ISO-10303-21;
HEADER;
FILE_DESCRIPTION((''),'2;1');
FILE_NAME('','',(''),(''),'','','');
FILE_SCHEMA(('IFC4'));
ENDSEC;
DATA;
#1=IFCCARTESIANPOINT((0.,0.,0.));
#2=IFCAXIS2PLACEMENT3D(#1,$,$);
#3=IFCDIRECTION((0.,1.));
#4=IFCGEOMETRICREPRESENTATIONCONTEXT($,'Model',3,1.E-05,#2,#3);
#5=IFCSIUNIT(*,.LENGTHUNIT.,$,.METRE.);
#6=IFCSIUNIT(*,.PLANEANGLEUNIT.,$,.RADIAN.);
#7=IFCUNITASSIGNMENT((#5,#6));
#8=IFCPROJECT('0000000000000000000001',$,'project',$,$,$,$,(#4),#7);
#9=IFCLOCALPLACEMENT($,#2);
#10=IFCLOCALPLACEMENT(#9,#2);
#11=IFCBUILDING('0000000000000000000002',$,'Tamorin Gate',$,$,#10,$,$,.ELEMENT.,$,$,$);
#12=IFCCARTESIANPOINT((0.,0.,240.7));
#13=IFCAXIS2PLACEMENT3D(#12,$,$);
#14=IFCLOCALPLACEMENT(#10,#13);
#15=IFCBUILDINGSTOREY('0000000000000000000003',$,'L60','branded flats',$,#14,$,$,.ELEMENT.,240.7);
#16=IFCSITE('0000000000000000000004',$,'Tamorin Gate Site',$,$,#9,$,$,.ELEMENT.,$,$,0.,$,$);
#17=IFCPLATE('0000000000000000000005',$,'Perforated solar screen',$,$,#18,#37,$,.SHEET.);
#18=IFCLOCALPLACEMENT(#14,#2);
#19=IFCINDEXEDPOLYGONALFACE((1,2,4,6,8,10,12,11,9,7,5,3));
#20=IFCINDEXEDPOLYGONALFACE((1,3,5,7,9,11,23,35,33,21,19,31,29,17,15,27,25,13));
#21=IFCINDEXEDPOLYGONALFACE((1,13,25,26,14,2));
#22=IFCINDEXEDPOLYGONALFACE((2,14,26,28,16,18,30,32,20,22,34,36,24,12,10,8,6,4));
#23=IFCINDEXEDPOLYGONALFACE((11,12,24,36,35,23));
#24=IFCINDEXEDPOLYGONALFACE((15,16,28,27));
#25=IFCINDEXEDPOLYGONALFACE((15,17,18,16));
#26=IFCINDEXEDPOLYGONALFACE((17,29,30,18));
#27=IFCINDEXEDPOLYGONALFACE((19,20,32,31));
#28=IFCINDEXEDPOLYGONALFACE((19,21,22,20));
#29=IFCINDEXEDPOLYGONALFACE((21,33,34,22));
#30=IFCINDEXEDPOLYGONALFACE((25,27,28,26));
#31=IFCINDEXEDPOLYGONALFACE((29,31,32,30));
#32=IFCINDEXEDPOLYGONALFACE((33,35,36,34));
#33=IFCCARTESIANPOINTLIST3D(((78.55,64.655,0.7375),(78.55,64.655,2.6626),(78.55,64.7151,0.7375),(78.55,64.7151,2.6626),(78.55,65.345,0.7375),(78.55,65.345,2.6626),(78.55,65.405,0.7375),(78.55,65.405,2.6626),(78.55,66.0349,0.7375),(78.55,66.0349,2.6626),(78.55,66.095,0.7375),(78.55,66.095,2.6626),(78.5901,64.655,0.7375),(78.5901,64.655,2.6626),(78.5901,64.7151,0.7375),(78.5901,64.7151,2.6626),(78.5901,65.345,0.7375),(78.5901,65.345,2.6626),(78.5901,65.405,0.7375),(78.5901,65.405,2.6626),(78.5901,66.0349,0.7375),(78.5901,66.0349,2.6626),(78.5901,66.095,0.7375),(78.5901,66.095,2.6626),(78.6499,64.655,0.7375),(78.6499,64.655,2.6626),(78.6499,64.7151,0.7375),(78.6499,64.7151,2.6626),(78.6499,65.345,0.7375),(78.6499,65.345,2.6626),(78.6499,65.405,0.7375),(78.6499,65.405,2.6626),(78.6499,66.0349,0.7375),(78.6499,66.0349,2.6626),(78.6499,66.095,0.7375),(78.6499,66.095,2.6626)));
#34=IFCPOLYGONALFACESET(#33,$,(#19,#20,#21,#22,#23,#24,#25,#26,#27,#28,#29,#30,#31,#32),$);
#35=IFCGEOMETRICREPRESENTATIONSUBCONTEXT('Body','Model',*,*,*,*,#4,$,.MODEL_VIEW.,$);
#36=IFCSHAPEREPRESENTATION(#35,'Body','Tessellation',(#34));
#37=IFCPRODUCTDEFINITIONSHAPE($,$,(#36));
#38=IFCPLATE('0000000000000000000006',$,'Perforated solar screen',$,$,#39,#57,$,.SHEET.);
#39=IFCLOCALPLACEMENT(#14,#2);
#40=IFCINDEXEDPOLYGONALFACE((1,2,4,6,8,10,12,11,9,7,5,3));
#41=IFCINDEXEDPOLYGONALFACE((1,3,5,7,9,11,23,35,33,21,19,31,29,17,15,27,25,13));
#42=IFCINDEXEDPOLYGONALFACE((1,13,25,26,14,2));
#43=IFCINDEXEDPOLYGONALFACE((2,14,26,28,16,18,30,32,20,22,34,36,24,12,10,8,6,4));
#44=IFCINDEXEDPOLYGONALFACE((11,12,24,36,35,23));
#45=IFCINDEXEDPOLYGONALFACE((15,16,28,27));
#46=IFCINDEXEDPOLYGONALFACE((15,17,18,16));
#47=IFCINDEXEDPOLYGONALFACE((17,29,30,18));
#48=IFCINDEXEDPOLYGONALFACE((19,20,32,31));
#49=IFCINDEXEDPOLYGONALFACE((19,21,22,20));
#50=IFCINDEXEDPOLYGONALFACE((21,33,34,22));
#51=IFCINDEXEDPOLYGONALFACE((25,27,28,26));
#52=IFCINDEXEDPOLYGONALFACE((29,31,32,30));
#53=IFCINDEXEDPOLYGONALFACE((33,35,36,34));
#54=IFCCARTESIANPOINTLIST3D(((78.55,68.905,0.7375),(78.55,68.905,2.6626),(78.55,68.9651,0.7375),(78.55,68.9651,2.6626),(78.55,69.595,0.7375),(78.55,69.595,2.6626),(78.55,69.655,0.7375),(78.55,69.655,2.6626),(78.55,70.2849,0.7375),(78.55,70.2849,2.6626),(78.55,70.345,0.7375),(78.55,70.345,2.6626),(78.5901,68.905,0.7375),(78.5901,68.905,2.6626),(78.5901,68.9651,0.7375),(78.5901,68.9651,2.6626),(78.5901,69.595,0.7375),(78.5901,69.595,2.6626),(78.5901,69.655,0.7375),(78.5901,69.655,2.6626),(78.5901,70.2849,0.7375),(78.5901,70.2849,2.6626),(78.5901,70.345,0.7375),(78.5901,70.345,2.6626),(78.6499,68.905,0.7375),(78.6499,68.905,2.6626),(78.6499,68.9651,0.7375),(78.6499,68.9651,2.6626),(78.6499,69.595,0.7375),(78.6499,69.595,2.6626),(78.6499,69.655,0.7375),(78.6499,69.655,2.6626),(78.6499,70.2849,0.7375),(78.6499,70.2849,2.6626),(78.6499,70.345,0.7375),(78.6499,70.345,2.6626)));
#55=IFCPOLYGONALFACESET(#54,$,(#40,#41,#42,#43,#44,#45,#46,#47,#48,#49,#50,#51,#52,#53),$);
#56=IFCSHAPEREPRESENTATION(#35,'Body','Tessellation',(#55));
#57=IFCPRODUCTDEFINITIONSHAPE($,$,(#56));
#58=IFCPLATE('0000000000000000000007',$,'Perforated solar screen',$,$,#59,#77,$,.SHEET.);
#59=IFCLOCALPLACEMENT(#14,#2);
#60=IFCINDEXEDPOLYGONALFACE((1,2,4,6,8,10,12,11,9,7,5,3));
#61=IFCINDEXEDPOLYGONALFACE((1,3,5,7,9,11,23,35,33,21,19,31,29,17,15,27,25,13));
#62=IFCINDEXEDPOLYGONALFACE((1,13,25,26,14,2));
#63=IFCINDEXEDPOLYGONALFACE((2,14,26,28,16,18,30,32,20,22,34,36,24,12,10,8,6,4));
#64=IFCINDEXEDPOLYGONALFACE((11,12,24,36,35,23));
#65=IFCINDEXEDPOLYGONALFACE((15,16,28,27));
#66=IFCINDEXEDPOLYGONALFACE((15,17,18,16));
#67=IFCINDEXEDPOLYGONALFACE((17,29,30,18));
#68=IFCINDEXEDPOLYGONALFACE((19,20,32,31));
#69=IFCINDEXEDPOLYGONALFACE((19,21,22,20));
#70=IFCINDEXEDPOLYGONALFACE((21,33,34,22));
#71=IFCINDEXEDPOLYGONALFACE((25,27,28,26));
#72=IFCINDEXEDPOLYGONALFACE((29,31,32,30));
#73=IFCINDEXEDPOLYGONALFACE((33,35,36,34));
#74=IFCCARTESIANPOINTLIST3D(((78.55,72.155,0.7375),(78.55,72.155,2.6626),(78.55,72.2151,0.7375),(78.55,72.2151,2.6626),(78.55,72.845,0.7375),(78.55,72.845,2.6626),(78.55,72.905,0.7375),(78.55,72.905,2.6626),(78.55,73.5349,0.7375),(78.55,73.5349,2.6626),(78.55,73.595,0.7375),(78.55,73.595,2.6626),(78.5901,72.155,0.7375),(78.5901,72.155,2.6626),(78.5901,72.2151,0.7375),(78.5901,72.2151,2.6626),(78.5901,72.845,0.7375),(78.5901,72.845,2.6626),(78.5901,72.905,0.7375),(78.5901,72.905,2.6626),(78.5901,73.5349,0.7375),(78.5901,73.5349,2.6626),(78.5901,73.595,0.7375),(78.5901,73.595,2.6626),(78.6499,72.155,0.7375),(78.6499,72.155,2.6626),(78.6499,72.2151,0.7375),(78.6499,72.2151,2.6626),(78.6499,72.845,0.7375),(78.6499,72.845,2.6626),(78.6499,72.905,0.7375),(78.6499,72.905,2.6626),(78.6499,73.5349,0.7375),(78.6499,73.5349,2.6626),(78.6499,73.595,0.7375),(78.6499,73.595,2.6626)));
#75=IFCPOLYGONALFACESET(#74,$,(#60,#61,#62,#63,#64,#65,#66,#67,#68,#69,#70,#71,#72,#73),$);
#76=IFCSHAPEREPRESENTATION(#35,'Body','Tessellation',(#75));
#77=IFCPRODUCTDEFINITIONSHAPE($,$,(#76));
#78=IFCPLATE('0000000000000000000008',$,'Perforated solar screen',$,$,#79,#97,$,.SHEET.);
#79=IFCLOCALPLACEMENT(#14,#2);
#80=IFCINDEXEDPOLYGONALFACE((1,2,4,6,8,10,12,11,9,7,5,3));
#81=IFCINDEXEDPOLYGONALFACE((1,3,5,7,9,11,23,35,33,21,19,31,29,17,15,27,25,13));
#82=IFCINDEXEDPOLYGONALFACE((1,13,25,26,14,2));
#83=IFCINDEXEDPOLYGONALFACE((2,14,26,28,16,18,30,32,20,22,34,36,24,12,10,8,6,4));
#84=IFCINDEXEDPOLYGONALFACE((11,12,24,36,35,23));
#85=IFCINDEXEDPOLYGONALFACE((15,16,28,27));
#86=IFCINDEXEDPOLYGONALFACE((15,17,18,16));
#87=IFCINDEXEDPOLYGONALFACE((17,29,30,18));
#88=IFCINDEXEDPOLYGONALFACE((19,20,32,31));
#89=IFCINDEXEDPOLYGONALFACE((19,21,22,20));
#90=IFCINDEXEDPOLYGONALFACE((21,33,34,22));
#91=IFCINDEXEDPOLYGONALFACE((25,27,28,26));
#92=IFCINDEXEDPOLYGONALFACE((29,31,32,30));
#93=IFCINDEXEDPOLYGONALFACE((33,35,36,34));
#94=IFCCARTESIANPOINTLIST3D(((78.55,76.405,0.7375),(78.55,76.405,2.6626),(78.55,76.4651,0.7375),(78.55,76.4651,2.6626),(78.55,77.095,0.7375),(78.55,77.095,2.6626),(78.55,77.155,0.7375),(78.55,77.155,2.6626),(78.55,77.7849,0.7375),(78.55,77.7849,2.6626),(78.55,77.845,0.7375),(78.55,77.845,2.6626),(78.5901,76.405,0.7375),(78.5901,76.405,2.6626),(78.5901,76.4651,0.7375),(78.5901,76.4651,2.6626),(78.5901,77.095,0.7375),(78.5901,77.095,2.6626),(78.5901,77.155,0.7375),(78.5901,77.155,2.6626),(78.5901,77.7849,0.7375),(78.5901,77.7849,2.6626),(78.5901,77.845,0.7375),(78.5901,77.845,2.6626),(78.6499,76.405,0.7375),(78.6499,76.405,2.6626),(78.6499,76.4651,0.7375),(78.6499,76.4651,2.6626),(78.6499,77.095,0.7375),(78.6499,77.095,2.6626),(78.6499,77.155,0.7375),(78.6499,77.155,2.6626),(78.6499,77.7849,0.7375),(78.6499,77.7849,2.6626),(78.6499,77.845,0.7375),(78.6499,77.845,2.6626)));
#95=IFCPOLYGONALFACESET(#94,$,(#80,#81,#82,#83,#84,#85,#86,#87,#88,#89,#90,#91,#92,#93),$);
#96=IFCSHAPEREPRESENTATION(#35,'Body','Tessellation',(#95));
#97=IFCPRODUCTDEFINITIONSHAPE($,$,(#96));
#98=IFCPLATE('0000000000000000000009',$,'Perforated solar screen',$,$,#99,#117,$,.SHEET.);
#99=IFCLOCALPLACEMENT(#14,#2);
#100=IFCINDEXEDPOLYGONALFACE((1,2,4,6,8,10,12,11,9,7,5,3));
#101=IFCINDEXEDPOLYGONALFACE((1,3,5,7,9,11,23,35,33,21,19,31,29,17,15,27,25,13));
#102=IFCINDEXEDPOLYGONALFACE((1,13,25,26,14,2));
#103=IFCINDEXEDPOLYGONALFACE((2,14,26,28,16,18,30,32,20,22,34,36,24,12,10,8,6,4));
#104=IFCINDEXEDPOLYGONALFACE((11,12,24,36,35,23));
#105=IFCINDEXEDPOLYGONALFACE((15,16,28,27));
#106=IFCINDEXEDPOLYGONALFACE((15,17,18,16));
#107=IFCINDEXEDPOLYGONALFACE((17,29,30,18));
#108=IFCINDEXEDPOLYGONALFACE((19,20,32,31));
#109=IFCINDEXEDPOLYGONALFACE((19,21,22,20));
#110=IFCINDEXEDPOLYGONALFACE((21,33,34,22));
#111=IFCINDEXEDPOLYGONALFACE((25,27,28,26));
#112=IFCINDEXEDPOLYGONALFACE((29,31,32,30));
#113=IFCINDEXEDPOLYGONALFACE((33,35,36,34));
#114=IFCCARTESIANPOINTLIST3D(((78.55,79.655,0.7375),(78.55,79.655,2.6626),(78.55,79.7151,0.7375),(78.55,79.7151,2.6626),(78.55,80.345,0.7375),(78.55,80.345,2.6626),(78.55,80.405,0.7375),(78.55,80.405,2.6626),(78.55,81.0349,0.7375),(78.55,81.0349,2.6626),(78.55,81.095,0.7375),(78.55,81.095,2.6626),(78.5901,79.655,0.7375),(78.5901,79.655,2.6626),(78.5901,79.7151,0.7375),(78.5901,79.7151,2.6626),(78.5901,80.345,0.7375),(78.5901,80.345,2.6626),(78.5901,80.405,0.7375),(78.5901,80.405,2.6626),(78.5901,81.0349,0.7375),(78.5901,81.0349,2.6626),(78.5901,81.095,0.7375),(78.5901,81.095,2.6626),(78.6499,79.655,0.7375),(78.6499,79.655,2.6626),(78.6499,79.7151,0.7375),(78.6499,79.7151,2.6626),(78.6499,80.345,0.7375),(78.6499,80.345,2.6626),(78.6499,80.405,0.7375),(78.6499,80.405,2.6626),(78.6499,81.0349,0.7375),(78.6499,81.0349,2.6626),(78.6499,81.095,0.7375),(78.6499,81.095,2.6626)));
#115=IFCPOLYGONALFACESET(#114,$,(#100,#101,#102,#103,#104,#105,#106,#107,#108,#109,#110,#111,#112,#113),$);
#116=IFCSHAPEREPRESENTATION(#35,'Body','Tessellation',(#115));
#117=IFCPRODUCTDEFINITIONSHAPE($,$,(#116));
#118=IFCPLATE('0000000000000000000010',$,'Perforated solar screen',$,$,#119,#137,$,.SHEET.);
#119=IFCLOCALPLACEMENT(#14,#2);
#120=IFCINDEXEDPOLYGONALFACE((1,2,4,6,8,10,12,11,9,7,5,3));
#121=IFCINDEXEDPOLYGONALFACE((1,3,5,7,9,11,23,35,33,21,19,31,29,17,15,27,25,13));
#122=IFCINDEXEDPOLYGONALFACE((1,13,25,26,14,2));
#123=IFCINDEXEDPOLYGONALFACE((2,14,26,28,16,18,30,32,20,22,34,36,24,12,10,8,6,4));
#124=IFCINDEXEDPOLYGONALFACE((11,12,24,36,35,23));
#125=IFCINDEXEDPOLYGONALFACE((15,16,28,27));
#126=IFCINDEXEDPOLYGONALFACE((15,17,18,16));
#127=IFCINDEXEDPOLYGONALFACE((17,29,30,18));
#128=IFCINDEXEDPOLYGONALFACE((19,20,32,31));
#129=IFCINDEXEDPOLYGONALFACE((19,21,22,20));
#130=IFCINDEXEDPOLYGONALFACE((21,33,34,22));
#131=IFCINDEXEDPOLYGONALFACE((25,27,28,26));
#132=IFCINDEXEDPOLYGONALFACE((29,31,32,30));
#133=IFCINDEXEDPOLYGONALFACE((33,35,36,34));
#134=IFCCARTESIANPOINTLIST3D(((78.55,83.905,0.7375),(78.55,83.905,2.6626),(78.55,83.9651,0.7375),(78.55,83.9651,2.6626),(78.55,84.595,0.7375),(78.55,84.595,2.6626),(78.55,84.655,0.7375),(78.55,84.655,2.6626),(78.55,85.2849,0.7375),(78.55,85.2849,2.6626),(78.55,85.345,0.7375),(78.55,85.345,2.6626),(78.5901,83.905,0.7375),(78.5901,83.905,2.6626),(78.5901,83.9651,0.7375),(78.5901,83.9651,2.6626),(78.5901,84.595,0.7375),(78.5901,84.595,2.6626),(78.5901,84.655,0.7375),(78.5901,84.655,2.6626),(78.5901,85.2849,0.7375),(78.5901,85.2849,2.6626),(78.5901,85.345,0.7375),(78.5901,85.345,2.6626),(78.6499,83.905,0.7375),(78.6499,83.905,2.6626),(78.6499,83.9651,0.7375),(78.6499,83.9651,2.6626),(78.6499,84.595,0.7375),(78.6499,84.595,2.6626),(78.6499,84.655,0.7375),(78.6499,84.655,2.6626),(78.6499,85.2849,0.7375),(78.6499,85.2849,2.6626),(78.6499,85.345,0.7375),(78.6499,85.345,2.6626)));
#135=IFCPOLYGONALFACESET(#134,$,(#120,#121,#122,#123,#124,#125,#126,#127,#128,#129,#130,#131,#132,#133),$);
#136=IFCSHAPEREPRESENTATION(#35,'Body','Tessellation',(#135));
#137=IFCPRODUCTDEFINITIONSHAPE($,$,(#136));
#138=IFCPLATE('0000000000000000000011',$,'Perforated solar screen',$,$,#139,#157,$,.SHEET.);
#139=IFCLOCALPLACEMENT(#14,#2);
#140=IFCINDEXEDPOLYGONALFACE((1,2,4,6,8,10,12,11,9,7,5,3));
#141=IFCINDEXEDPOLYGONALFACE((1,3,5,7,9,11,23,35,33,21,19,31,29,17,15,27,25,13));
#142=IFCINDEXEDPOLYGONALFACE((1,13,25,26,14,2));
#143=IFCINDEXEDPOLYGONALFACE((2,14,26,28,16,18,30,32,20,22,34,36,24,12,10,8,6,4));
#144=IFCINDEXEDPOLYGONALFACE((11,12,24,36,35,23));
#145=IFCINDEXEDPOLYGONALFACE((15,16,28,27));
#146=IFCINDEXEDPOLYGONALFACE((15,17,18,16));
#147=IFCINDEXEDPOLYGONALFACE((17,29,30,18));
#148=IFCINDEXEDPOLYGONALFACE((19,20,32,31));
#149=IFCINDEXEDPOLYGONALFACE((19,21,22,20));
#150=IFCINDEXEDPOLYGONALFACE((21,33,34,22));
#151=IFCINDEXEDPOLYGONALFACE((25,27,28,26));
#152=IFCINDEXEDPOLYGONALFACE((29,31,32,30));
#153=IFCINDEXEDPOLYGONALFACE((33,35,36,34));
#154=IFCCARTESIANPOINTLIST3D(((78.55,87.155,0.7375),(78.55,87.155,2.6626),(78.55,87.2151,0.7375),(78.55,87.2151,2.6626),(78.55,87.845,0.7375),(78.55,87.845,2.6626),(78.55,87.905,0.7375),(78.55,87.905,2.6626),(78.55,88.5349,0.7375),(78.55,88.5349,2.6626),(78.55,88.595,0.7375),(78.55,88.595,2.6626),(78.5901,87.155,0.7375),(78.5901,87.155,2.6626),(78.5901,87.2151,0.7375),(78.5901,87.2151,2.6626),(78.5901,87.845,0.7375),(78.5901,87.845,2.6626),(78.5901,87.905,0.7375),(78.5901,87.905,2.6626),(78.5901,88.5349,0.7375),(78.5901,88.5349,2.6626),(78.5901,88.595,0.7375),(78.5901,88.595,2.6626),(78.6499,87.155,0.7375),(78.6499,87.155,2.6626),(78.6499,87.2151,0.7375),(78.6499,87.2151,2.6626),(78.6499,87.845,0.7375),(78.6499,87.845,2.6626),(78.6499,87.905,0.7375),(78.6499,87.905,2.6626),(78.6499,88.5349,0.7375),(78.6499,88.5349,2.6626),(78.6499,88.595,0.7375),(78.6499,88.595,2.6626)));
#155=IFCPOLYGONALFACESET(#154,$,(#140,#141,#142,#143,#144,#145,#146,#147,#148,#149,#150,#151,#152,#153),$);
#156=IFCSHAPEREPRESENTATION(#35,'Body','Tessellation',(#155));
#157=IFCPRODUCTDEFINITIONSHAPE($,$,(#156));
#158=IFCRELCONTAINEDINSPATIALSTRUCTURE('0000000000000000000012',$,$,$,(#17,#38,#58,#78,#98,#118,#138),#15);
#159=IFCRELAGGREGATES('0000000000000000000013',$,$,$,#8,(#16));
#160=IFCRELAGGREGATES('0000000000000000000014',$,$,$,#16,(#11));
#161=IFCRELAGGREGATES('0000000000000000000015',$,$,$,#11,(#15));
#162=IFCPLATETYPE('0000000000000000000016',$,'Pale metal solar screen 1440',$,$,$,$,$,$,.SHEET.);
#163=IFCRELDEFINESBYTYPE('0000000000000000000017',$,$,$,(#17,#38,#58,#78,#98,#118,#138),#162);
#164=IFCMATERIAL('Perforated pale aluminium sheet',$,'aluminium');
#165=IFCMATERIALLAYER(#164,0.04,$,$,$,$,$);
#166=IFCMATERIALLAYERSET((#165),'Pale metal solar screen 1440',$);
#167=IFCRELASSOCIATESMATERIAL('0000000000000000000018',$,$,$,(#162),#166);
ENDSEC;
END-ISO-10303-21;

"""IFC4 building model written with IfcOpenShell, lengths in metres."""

from ifc_helpers import new_model, si_unit, direction, frame, origin, place, context, subcontext, project, spatial, polyline, outline, extrude, material, layer, layer_set, type_object, element, save


model = new_model("IFC4")

# Units and contexts
model_context = context("Model", 3, precision=1e-05, world=origin(), true_north=direction((0.0, 1.0)))
body_context = subcontext(model_context, "Body", "Model", "MODEL_VIEW")
ifc_project = project(units=[si_unit("LENGTHUNIT", "METRE"), si_unit("PLANEANGLEUNIT", "RADIAN")], contexts=[model_context])

# Site, building, storey
site_placement = place(None, origin())
site = spatial("IfcSite", under=ifc_project, at=site_placement, Name="Tamorin Gate Site", CompositionType="ELEMENT", RefElevation=0.0)
building_placement = place(site_placement, origin())
building = spatial("IfcBuilding", under=site, at=building_placement, Name="Tamorin Gate", CompositionType="ELEMENT")
storey_placement = place(building_placement, frame((0.0, 0.0, 240.7)))
storey = spatial("IfcBuildingStorey", under=building, at=storey_placement, Name="L60", Description="branded flats", CompositionType="ELEMENT", Elevation=240.7)

# Plates
ifc_material_1 = material(Name="Perforated pale aluminium sheet", Category="aluminium")
ifc_layer_1 = layer(ifc_material_1, 0.04)
ifc_layer_set_1 = layer_set([ifc_layer_1], Name="Pale metal solar screen 1440")
plate_type = type_object("IfcPlateType", Name="Pale metal solar screen 1440", PredefinedType="SHEET", material=ifc_layer_set_1)
plate_1_placement = place(storey_placement, frame((0.0, 0.0, 0.7375)))
element("IfcPlate", 1, at=plate_1_placement, inside=storey, type_object=plate_type, Name="Perforated solar screen", PredefinedType="SHEET", context=body_context, shape_type="SweptSolid", body=[
    extrude(outline(polyline([(78.5901, 64.655), (78.55, 64.655), (78.55, 64.7151), (78.55, 65.345), (78.55, 65.405), (78.55, 66.0349), (78.55, 66.095), (78.5901, 66.095), (78.6499, 66.095), (78.6499, 66.0349), (78.5901, 66.0349), (78.5901, 65.405), (78.6499, 65.405), (78.6499, 65.345), (78.5901, 65.345), (78.5901, 64.7151), (78.6499, 64.7151), (78.6499, 64.655), (78.5901, 64.655)])), origin(), (0.0, 0.0, 1.0), 1.925),
])
plate_2_placement = place(storey_placement, frame((0.0, 0.0, 0.7375)))
element("IfcPlate", 2, at=plate_2_placement, inside=storey, type_object=plate_type, Name="Perforated solar screen", PredefinedType="SHEET", context=body_context, shape_type="SweptSolid", body=[
    extrude(outline(polyline([(78.5901, 68.905), (78.55, 68.905), (78.55, 68.9651), (78.55, 69.595), (78.55, 69.655), (78.55, 70.2849), (78.55, 70.345), (78.5901, 70.345), (78.6499, 70.345), (78.6499, 70.2849), (78.5901, 70.2849), (78.5901, 69.655), (78.6499, 69.655), (78.6499, 69.595), (78.5901, 69.595), (78.5901, 68.9651), (78.6499, 68.9651), (78.6499, 68.905), (78.5901, 68.905)])), origin(), (0.0, 0.0, 1.0), 1.925),
])
plate_3_placement = place(storey_placement, frame((0.0, 0.0, 0.7375)))
element("IfcPlate", 3, at=plate_3_placement, inside=storey, type_object=plate_type, Name="Perforated solar screen", PredefinedType="SHEET", context=body_context, shape_type="SweptSolid", body=[
    extrude(outline(polyline([(78.5901, 72.155), (78.55, 72.155), (78.55, 72.2151), (78.55, 72.845), (78.55, 72.905), (78.55, 73.5349), (78.55, 73.595), (78.5901, 73.595), (78.6499, 73.595), (78.6499, 73.5349), (78.5901, 73.5349), (78.5901, 72.905), (78.6499, 72.905), (78.6499, 72.845), (78.5901, 72.845), (78.5901, 72.2151), (78.6499, 72.2151), (78.6499, 72.155), (78.5901, 72.155)])), origin(), (0.0, 0.0, 1.0), 1.925),
])
plate_4_placement = place(storey_placement, frame((0.0, 0.0, 0.7375)))
element("IfcPlate", 4, at=plate_4_placement, inside=storey, type_object=plate_type, Name="Perforated solar screen", PredefinedType="SHEET", context=body_context, shape_type="SweptSolid", body=[
    extrude(outline(polyline([(78.5901, 76.405), (78.55, 76.405), (78.55, 76.4651), (78.55, 77.095), (78.55, 77.155), (78.55, 77.7849), (78.55, 77.845), (78.5901, 77.845), (78.6499, 77.845), (78.6499, 77.7849), (78.5901, 77.7849), (78.5901, 77.155), (78.6499, 77.155), (78.6499, 77.095), (78.5901, 77.095), (78.5901, 76.4651), (78.6499, 76.4651), (78.6499, 76.405), (78.5901, 76.405)])), origin(), (0.0, 0.0, 1.0), 1.925),
])
plate_5_placement = place(storey_placement, frame((0.0, 0.0, 0.7375)))
element("IfcPlate", 5, at=plate_5_placement, inside=storey, type_object=plate_type, Name="Perforated solar screen", PredefinedType="SHEET", context=body_context, shape_type="SweptSolid", body=[
    extrude(outline(polyline([(78.5901, 79.655), (78.55, 79.655), (78.55, 79.7151), (78.55, 80.345), (78.55, 80.405), (78.55, 81.0349), (78.55, 81.095), (78.5901, 81.095), (78.6499, 81.095), (78.6499, 81.0349), (78.5901, 81.0349), (78.5901, 80.405), (78.6499, 80.405), (78.6499, 80.345), (78.5901, 80.345), (78.5901, 79.7151), (78.6499, 79.7151), (78.6499, 79.655), (78.5901, 79.655)])), origin(), (0.0, 0.0, 1.0), 1.925),
])
plate_6_placement = place(storey_placement, frame((0.0, 0.0, 0.7375)))
element("IfcPlate", 6, at=plate_6_placement, inside=storey, type_object=plate_type, Name="Perforated solar screen", PredefinedType="SHEET", context=body_context, shape_type="SweptSolid", body=[
    extrude(outline(polyline([(78.5901, 83.905), (78.55, 83.905), (78.55, 83.9651), (78.55, 84.595), (78.55, 84.655), (78.55, 85.2849), (78.55, 85.345), (78.5901, 85.345), (78.6499, 85.345), (78.6499, 85.2849), (78.5901, 85.2849), (78.5901, 84.655), (78.6499, 84.655), (78.6499, 84.595), (78.5901, 84.595), (78.5901, 83.9651), (78.6499, 83.9651), (78.6499, 83.905), (78.5901, 83.905)])), origin(), (0.0, 0.0, 1.0), 1.925),
])
plate_7_placement = place(storey_placement, frame((0.0, 0.0, 0.7375)))
element("IfcPlate", 7, at=plate_7_placement, inside=storey, type_object=plate_type, Name="Perforated solar screen", PredefinedType="SHEET", context=body_context, shape_type="SweptSolid", body=[
    extrude(outline(polyline([(78.5901, 87.155), (78.55, 87.155), (78.55, 87.2151), (78.55, 87.845), (78.55, 87.905), (78.55, 88.5349), (78.55, 88.595), (78.5901, 88.595), (78.6499, 88.595), (78.6499, 88.5349), (78.5901, 88.5349), (78.5901, 87.905), (78.6499, 87.905), (78.6499, 87.845), (78.5901, 87.845), (78.5901, 87.2151), (78.6499, 87.2151), (78.6499, 87.155), (78.5901, 87.155)])), origin(), (0.0, 0.0, 1.0), 1.925),
])

save(model, "model.ifc")
